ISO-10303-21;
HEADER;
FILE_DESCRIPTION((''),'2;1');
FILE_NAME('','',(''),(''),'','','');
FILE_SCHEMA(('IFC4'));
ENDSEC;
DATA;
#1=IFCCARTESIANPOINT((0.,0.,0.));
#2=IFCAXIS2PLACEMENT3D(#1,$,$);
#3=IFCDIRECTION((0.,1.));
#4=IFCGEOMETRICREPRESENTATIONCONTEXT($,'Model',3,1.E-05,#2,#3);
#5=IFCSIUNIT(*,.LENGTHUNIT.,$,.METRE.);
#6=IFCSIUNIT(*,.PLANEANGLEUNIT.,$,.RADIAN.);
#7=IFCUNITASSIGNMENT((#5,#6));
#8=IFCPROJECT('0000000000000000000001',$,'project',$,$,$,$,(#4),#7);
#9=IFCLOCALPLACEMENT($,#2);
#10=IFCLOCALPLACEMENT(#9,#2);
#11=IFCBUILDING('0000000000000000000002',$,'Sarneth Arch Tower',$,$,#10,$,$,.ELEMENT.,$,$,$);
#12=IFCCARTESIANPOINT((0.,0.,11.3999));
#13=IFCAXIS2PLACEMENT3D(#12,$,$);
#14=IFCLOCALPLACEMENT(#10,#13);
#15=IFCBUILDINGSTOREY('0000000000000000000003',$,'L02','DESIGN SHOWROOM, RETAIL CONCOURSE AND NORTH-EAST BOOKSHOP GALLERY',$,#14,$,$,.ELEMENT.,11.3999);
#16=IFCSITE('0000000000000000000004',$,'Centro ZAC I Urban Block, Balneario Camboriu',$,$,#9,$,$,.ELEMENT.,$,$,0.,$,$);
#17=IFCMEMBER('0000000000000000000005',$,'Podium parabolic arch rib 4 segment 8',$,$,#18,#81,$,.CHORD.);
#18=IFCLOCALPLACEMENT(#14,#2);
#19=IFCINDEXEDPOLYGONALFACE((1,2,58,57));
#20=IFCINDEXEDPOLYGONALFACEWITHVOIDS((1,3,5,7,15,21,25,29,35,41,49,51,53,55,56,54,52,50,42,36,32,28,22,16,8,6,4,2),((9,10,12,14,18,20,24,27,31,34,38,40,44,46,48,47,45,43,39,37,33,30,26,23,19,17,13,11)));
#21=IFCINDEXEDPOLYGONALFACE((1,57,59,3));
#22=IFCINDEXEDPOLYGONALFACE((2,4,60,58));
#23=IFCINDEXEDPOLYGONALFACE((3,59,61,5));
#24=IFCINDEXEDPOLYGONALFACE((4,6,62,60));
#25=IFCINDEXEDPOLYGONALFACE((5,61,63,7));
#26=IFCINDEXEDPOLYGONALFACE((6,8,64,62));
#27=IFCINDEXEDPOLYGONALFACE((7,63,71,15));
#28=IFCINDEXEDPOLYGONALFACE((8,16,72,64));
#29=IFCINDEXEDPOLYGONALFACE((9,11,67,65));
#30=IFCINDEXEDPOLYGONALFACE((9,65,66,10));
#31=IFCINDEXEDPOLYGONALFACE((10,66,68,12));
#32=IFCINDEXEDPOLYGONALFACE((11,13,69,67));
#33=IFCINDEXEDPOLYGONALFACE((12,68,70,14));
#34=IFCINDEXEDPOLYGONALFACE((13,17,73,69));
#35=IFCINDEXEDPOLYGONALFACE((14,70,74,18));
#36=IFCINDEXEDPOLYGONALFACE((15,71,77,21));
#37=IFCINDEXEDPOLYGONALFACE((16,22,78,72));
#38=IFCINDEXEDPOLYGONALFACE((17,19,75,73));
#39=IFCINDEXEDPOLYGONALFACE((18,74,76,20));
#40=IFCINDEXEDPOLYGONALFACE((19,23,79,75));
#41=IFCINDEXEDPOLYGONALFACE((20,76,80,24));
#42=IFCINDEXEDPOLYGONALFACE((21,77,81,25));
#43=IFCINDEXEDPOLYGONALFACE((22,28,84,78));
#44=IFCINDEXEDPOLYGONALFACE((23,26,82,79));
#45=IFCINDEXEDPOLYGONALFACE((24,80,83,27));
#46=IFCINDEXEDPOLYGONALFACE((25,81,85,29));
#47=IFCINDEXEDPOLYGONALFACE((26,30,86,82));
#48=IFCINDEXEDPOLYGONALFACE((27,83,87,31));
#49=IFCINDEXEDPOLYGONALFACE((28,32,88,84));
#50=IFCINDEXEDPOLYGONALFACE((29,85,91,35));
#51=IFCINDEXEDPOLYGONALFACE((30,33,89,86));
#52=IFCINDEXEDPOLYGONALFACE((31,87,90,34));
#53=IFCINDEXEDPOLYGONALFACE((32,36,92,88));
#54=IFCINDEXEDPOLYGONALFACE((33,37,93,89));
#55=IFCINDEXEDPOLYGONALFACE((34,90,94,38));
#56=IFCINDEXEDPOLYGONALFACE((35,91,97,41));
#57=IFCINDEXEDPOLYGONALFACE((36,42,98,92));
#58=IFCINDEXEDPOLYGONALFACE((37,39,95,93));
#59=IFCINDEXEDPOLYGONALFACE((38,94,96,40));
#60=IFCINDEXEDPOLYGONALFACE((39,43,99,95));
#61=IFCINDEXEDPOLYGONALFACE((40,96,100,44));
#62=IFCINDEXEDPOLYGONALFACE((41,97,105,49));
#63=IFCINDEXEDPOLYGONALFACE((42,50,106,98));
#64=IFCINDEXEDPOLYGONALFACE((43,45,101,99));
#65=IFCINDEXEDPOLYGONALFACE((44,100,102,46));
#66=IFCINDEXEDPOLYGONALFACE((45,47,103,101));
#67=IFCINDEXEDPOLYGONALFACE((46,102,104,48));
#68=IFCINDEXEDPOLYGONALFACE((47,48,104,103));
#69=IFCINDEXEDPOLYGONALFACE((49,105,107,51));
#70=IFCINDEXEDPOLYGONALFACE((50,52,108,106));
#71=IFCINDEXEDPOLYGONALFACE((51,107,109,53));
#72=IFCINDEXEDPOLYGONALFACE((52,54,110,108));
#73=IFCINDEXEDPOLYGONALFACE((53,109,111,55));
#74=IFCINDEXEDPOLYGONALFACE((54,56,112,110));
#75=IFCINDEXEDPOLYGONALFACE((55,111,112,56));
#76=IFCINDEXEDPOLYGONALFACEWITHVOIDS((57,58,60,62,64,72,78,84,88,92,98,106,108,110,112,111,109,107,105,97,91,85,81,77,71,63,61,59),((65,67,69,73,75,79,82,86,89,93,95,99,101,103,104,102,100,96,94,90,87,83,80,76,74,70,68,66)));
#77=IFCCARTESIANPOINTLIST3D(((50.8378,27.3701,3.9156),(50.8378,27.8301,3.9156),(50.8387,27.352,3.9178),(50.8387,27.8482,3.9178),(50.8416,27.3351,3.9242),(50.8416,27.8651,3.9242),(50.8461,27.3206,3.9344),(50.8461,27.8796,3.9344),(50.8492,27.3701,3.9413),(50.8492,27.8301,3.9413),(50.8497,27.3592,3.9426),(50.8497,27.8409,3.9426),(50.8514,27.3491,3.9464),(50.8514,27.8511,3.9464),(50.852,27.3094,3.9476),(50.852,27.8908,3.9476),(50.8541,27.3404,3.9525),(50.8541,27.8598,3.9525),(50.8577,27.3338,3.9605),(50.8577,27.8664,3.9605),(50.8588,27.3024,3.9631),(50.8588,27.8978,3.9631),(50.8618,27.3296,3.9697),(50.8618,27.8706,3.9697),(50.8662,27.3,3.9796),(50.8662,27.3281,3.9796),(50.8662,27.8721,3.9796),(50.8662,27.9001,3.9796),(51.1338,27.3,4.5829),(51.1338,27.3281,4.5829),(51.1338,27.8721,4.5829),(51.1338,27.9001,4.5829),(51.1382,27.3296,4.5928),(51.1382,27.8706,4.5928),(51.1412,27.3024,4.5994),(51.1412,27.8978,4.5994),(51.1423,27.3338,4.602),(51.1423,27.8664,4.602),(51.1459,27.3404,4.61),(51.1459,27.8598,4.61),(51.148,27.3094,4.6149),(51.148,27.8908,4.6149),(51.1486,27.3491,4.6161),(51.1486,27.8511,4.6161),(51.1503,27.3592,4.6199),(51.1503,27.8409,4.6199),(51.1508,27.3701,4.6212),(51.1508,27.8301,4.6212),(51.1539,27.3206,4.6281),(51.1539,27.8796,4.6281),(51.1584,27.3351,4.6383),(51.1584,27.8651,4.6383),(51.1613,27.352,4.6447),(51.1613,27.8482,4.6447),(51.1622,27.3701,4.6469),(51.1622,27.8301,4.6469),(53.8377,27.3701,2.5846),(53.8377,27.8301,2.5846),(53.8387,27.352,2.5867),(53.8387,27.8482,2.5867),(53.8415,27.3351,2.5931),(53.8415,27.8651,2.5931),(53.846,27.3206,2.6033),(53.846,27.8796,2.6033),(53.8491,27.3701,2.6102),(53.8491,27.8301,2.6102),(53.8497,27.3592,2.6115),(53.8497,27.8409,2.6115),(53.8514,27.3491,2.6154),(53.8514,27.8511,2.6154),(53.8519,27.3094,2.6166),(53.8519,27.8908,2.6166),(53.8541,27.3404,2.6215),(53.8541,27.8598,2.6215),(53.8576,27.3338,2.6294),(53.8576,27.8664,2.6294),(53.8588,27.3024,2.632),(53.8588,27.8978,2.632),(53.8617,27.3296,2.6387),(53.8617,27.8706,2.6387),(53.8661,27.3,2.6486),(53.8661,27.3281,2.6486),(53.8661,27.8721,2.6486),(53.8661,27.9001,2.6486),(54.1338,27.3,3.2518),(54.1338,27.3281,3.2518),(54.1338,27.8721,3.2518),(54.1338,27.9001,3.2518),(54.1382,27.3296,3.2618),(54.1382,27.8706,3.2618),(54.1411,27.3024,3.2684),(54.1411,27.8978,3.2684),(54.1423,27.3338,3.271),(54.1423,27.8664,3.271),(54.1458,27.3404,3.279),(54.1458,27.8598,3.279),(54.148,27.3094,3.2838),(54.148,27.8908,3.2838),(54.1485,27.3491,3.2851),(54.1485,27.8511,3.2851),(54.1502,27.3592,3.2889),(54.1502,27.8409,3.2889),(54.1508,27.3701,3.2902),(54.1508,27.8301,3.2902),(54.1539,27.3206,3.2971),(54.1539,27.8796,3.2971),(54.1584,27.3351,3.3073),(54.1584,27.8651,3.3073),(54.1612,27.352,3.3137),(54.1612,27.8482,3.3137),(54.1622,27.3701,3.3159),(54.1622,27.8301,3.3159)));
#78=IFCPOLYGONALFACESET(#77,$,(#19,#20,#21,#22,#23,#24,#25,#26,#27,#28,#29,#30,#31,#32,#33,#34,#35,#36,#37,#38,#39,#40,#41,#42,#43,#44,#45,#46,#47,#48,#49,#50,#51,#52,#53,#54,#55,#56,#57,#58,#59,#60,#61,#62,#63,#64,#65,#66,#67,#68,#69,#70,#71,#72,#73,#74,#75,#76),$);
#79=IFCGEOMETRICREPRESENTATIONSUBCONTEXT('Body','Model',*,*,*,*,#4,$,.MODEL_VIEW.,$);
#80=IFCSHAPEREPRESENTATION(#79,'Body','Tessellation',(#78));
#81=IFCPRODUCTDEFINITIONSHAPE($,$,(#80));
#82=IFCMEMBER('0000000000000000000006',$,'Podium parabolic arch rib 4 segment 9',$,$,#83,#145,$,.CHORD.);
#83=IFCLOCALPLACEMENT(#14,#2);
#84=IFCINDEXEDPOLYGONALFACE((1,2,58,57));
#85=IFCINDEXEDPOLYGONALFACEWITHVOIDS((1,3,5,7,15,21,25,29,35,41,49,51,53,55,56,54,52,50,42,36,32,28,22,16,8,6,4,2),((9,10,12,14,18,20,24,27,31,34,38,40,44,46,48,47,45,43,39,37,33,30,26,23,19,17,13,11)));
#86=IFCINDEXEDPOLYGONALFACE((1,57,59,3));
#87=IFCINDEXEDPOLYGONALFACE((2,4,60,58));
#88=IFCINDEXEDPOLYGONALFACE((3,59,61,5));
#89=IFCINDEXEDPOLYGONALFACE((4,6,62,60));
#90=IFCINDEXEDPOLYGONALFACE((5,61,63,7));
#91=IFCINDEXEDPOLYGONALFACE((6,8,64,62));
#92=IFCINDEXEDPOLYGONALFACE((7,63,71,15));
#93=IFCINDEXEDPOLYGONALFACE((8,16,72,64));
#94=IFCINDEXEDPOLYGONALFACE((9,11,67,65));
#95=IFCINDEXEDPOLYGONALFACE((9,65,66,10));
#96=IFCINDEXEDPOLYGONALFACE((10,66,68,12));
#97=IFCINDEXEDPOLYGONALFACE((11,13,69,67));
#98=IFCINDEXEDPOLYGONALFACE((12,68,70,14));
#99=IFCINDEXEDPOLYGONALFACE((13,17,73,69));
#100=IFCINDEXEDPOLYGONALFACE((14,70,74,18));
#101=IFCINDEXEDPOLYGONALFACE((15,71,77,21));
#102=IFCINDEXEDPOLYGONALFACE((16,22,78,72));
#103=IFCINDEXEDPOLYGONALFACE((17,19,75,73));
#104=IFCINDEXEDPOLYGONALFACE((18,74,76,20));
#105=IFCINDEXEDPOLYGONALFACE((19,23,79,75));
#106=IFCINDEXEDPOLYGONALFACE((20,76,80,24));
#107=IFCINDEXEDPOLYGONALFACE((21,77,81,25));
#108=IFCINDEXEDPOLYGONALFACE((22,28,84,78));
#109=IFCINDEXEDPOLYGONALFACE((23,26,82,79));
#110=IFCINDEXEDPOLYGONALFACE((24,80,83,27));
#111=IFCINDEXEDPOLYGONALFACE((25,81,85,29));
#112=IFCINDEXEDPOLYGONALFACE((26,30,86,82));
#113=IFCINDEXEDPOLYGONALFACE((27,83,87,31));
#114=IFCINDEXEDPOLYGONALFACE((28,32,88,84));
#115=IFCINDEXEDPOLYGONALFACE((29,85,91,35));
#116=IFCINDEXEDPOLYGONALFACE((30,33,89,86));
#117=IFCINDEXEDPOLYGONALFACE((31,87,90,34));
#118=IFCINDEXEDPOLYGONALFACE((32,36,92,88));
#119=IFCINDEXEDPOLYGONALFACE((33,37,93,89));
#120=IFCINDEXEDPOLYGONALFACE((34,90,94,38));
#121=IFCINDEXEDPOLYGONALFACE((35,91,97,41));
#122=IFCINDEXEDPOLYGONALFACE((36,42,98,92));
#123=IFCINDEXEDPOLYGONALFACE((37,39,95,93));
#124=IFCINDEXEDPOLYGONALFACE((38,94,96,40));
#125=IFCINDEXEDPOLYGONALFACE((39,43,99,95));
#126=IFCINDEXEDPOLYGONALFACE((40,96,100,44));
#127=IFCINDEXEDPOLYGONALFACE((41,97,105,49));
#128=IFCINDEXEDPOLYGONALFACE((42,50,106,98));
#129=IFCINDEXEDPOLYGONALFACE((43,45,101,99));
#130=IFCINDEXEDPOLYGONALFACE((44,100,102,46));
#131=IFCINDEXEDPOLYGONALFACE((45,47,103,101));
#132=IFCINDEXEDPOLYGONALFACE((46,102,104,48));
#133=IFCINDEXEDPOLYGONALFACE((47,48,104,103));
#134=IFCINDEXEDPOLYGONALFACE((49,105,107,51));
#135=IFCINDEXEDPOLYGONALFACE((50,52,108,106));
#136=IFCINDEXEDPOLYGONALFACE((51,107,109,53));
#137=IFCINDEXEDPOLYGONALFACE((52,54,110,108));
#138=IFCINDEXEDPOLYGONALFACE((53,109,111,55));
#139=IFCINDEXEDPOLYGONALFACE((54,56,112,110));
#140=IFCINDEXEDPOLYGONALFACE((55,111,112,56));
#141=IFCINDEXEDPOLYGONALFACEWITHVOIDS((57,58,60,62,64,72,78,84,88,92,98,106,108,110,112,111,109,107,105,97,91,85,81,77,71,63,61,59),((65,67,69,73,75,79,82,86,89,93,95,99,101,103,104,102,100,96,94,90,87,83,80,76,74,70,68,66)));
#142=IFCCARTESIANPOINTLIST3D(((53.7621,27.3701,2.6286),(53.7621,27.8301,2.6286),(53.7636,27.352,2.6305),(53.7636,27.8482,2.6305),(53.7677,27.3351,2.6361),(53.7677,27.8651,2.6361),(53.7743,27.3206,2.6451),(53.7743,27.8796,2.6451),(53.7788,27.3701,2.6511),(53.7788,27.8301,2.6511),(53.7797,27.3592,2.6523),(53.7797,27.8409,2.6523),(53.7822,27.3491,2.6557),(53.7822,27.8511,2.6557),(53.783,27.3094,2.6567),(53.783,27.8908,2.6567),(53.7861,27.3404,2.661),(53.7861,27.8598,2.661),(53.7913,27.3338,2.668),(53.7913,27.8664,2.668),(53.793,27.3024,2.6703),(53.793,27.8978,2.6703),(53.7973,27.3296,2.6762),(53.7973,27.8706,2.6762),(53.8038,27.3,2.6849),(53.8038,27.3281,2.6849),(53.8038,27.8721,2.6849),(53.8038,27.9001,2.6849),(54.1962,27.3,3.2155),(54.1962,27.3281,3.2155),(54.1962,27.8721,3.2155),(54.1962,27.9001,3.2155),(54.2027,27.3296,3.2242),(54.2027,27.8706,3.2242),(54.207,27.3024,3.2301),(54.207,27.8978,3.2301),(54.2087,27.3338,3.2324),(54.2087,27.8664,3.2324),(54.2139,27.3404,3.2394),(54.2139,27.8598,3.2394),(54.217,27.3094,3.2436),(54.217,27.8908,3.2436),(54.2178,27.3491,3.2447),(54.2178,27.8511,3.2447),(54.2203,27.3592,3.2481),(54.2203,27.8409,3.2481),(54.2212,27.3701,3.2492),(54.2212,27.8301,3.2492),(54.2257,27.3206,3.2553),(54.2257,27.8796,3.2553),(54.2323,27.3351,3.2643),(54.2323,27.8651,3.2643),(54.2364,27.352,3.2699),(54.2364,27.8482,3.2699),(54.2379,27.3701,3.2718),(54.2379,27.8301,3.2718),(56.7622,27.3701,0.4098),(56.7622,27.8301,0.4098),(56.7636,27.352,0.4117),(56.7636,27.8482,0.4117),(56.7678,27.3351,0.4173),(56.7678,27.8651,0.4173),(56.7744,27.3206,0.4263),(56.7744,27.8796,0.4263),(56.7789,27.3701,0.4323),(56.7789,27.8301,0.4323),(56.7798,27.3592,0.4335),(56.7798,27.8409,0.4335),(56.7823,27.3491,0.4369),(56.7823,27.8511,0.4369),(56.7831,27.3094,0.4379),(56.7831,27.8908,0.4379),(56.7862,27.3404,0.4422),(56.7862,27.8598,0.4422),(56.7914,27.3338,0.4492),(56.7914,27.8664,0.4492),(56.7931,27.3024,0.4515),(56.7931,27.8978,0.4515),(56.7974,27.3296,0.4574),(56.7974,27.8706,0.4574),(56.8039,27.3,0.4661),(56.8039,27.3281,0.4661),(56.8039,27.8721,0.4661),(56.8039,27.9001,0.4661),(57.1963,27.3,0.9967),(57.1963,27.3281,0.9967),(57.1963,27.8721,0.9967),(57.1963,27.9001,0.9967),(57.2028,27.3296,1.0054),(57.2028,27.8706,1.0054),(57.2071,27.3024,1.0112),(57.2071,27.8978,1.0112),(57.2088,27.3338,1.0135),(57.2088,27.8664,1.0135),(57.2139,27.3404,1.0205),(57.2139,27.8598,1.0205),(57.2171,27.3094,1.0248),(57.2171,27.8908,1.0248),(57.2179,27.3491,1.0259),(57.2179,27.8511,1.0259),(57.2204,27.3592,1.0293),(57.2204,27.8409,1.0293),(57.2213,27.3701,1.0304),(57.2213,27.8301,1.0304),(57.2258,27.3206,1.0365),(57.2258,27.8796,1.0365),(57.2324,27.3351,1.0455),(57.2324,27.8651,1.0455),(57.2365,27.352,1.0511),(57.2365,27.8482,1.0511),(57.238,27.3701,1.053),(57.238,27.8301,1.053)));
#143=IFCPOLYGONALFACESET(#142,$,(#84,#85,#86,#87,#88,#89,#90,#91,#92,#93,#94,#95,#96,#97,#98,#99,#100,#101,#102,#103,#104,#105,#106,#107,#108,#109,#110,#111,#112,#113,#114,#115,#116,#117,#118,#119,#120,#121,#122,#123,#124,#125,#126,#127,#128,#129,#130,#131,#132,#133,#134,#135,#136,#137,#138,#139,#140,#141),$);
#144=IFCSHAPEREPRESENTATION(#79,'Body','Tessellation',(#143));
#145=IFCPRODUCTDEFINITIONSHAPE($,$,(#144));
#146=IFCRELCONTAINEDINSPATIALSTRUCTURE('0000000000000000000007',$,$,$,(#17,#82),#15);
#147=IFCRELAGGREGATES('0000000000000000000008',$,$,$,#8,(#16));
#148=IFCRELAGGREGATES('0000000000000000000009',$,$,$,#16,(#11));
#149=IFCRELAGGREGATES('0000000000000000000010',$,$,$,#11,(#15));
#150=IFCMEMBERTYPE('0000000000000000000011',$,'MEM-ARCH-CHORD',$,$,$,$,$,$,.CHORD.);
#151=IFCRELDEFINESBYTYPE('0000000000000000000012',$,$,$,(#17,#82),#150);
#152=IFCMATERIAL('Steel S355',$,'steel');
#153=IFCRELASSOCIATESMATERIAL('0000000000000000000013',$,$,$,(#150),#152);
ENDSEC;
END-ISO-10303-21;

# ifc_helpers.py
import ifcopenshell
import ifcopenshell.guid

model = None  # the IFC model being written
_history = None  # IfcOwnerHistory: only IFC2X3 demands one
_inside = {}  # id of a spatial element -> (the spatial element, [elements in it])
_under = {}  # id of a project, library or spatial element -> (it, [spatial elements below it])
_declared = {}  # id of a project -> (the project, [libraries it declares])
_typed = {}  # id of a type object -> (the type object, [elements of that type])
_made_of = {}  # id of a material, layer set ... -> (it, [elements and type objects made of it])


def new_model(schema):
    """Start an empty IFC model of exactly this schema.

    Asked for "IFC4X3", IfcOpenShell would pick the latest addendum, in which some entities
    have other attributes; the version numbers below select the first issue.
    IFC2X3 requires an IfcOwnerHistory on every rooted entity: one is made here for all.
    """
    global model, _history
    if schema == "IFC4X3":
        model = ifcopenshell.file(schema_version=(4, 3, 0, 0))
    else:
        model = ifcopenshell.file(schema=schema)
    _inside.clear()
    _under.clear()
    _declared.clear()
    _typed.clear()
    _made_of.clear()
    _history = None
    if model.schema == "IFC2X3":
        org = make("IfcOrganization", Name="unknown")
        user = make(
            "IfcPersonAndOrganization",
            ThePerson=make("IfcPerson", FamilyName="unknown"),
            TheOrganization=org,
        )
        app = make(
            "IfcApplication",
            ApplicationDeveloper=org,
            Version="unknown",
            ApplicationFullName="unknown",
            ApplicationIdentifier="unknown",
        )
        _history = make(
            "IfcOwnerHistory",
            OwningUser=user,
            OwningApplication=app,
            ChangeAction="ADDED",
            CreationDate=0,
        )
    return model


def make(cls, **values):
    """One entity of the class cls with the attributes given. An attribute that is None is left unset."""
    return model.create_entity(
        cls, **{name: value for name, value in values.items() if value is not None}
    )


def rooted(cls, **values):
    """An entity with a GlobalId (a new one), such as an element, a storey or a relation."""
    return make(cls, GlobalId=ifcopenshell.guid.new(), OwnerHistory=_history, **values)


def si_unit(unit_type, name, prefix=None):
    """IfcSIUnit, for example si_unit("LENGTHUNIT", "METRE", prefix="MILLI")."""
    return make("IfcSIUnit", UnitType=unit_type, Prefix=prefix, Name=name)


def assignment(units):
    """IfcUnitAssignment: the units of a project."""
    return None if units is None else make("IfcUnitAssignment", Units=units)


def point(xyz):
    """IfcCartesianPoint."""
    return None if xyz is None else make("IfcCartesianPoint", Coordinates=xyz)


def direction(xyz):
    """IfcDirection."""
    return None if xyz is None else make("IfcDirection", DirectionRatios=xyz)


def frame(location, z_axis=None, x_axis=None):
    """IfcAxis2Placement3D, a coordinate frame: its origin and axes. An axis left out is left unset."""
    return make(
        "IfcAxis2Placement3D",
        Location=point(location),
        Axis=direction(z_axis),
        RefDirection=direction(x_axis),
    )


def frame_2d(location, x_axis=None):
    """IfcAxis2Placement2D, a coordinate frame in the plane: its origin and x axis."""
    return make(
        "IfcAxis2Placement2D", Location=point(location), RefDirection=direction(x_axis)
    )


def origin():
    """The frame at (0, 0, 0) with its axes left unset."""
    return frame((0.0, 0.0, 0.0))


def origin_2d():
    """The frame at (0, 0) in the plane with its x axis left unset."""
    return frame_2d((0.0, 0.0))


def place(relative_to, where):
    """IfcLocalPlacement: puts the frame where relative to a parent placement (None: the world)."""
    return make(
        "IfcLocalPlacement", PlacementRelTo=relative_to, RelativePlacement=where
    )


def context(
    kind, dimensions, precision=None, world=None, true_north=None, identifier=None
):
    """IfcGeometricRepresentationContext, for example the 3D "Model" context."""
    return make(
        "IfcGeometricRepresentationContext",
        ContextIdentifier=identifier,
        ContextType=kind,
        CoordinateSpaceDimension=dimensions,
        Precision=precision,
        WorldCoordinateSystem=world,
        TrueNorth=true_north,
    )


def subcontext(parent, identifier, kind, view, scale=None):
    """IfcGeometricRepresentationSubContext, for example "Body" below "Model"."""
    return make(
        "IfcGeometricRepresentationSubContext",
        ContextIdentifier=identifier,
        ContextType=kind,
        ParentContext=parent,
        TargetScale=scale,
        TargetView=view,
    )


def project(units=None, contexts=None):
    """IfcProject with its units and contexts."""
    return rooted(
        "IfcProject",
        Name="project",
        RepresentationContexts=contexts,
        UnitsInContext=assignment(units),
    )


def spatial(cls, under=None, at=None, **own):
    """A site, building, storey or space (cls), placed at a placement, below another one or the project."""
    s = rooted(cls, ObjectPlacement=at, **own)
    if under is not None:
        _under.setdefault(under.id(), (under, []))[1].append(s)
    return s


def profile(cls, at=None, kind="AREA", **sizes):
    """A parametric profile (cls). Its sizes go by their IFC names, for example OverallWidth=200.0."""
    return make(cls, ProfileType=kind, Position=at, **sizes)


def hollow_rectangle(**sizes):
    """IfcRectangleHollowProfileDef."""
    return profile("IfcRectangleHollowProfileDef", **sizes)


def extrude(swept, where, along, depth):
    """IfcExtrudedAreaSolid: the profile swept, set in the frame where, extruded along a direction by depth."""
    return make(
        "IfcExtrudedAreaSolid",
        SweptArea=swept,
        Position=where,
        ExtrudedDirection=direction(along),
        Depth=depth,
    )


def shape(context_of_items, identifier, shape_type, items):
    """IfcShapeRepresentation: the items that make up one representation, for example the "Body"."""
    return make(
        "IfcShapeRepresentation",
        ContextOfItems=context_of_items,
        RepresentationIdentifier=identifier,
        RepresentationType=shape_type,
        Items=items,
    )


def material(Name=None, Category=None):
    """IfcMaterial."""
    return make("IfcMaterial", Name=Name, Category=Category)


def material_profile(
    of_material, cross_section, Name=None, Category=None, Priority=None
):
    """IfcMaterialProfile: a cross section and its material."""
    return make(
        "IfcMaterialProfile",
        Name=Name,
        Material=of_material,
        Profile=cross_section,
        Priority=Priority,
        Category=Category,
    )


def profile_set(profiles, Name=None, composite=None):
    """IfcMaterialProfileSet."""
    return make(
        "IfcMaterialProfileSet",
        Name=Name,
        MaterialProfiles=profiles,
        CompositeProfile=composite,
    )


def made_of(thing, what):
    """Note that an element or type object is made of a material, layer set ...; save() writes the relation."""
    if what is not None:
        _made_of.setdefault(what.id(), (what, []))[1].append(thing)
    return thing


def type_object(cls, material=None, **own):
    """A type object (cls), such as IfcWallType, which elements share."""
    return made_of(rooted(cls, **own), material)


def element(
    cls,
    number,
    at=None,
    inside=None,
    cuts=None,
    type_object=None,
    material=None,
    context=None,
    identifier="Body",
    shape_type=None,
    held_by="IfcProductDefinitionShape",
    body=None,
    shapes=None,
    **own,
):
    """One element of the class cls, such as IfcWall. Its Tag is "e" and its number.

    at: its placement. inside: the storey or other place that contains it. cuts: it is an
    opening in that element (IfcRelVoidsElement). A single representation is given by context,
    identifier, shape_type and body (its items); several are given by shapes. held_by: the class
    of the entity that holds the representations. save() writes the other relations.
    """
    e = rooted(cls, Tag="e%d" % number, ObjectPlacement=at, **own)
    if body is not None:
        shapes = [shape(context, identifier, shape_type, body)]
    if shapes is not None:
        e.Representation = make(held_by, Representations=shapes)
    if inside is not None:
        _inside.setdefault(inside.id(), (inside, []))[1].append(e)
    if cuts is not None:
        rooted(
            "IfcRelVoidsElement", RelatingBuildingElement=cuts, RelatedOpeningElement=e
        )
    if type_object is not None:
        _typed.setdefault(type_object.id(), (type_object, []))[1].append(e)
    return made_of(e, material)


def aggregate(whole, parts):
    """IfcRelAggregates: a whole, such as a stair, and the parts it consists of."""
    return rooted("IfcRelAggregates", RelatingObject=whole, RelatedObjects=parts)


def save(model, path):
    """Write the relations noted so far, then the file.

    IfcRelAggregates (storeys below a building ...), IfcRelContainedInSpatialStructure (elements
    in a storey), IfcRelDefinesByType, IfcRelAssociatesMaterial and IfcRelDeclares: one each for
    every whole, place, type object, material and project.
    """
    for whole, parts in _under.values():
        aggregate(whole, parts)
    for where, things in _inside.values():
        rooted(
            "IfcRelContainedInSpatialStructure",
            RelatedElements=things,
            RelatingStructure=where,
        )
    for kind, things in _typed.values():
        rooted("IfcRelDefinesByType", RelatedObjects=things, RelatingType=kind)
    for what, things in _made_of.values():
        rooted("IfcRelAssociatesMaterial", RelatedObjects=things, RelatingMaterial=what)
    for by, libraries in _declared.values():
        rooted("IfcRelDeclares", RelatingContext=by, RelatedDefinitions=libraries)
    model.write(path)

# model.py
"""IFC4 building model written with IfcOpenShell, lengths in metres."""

from ifc_helpers import new_model, si_unit, direction, frame, origin, origin_2d, place, context, subcontext, project, spatial, hollow_rectangle, extrude, material, material_profile, profile_set, type_object, element, save


model = new_model("IFC4")

# Units and contexts
model_context = context("Model", 3, precision=1e-05, world=origin(), true_north=direction((0.0, 1.0)))
body_context = subcontext(model_context, "Body", "Model", "MODEL_VIEW")
ifc_project = project(units=[si_unit("LENGTHUNIT", "METRE"), si_unit("PLANEANGLEUNIT", "RADIAN")], contexts=[model_context])

# Site, building, storey
site_placement = place(None, origin())
site = spatial("IfcSite", under=ifc_project, at=site_placement, Name="Centro ZAC I Urban Block, Balneario Camboriu", CompositionType="ELEMENT", RefElevation=0.0)
building_placement = place(site_placement, origin())
building = spatial("IfcBuilding", under=site, at=building_placement, Name="Sarneth Arch Tower", CompositionType="ELEMENT")
storey_placement = place(building_placement, frame((0.0, 0.0, 11.3999)))
storey = spatial("IfcBuildingStorey", under=building, at=storey_placement, Name="L02", Description="DESIGN SHOWROOM, RETAIL CONCOURSE AND NORTH-EAST BOOKSHOP GALLERY", CompositionType="ELEMENT", Elevation=11.3999)

# Members
ifc_material_1 = material(Name="Steel S355", Category="steel")
ifc_material_profile_1 = material_profile(ifc_material_1, hollow_rectangle(XDim=0.6001, YDim=0.8, WallThickness=0.0281, InnerFilletRadius=0.042, OuterFilletRadius=0.0701, at=origin_2d()), Name="RHS800x600x28")
ifc_profile_set_1 = profile_set([ifc_material_profile_1], Name="Steel S355")
member_type_1 = type_object("IfcMemberType", Name="MEM-ARCH-CHORD", PredefinedType="CHORD", material=ifc_profile_set_1)
member_1_placement = place(storey_placement, frame((51.0, 27.6001, 4.2812), z_axis=(0.914069, 0.0, -0.405559), x_axis=(0.0, 1.0, 0.0)))
element("IfcMember", 1, at=member_1_placement, inside=storey, type_object=member_type_1, Name="Podium parabolic arch rib 4 segment 8", PredefinedType="CHORD", context=body_context, shape_type="SweptSolid", body=[
    extrude(hollow_rectangle(XDim=0.6001, YDim=0.8, WallThickness=0.0281, InnerFilletRadius=0.042, OuterFilletRadius=0.0701, at=origin_2d()), origin(), (0.0, 0.0, 1.0), 3.282),
])
member_2_placement = place(storey_placement, frame((54.0, 27.6001, 2.9502), z_axis=(0.804002, 0.0, -0.594627), x_axis=(0.0, 1.0, 0.0)))
element("IfcMember", 2, at=member_2_placement, inside=storey, type_object=member_type_1, Name="Podium parabolic arch rib 4 segment 9", PredefinedType="CHORD", context=body_context, shape_type="SweptSolid", body=[
    extrude(hollow_rectangle(XDim=0.6001, YDim=0.8, WallThickness=0.0281, InnerFilletRadius=0.042, OuterFilletRadius=0.0701, at=origin_2d()), origin(), (0.0, 0.0, 1.0), 3.7314),
])

save(model, "model.ifc")
